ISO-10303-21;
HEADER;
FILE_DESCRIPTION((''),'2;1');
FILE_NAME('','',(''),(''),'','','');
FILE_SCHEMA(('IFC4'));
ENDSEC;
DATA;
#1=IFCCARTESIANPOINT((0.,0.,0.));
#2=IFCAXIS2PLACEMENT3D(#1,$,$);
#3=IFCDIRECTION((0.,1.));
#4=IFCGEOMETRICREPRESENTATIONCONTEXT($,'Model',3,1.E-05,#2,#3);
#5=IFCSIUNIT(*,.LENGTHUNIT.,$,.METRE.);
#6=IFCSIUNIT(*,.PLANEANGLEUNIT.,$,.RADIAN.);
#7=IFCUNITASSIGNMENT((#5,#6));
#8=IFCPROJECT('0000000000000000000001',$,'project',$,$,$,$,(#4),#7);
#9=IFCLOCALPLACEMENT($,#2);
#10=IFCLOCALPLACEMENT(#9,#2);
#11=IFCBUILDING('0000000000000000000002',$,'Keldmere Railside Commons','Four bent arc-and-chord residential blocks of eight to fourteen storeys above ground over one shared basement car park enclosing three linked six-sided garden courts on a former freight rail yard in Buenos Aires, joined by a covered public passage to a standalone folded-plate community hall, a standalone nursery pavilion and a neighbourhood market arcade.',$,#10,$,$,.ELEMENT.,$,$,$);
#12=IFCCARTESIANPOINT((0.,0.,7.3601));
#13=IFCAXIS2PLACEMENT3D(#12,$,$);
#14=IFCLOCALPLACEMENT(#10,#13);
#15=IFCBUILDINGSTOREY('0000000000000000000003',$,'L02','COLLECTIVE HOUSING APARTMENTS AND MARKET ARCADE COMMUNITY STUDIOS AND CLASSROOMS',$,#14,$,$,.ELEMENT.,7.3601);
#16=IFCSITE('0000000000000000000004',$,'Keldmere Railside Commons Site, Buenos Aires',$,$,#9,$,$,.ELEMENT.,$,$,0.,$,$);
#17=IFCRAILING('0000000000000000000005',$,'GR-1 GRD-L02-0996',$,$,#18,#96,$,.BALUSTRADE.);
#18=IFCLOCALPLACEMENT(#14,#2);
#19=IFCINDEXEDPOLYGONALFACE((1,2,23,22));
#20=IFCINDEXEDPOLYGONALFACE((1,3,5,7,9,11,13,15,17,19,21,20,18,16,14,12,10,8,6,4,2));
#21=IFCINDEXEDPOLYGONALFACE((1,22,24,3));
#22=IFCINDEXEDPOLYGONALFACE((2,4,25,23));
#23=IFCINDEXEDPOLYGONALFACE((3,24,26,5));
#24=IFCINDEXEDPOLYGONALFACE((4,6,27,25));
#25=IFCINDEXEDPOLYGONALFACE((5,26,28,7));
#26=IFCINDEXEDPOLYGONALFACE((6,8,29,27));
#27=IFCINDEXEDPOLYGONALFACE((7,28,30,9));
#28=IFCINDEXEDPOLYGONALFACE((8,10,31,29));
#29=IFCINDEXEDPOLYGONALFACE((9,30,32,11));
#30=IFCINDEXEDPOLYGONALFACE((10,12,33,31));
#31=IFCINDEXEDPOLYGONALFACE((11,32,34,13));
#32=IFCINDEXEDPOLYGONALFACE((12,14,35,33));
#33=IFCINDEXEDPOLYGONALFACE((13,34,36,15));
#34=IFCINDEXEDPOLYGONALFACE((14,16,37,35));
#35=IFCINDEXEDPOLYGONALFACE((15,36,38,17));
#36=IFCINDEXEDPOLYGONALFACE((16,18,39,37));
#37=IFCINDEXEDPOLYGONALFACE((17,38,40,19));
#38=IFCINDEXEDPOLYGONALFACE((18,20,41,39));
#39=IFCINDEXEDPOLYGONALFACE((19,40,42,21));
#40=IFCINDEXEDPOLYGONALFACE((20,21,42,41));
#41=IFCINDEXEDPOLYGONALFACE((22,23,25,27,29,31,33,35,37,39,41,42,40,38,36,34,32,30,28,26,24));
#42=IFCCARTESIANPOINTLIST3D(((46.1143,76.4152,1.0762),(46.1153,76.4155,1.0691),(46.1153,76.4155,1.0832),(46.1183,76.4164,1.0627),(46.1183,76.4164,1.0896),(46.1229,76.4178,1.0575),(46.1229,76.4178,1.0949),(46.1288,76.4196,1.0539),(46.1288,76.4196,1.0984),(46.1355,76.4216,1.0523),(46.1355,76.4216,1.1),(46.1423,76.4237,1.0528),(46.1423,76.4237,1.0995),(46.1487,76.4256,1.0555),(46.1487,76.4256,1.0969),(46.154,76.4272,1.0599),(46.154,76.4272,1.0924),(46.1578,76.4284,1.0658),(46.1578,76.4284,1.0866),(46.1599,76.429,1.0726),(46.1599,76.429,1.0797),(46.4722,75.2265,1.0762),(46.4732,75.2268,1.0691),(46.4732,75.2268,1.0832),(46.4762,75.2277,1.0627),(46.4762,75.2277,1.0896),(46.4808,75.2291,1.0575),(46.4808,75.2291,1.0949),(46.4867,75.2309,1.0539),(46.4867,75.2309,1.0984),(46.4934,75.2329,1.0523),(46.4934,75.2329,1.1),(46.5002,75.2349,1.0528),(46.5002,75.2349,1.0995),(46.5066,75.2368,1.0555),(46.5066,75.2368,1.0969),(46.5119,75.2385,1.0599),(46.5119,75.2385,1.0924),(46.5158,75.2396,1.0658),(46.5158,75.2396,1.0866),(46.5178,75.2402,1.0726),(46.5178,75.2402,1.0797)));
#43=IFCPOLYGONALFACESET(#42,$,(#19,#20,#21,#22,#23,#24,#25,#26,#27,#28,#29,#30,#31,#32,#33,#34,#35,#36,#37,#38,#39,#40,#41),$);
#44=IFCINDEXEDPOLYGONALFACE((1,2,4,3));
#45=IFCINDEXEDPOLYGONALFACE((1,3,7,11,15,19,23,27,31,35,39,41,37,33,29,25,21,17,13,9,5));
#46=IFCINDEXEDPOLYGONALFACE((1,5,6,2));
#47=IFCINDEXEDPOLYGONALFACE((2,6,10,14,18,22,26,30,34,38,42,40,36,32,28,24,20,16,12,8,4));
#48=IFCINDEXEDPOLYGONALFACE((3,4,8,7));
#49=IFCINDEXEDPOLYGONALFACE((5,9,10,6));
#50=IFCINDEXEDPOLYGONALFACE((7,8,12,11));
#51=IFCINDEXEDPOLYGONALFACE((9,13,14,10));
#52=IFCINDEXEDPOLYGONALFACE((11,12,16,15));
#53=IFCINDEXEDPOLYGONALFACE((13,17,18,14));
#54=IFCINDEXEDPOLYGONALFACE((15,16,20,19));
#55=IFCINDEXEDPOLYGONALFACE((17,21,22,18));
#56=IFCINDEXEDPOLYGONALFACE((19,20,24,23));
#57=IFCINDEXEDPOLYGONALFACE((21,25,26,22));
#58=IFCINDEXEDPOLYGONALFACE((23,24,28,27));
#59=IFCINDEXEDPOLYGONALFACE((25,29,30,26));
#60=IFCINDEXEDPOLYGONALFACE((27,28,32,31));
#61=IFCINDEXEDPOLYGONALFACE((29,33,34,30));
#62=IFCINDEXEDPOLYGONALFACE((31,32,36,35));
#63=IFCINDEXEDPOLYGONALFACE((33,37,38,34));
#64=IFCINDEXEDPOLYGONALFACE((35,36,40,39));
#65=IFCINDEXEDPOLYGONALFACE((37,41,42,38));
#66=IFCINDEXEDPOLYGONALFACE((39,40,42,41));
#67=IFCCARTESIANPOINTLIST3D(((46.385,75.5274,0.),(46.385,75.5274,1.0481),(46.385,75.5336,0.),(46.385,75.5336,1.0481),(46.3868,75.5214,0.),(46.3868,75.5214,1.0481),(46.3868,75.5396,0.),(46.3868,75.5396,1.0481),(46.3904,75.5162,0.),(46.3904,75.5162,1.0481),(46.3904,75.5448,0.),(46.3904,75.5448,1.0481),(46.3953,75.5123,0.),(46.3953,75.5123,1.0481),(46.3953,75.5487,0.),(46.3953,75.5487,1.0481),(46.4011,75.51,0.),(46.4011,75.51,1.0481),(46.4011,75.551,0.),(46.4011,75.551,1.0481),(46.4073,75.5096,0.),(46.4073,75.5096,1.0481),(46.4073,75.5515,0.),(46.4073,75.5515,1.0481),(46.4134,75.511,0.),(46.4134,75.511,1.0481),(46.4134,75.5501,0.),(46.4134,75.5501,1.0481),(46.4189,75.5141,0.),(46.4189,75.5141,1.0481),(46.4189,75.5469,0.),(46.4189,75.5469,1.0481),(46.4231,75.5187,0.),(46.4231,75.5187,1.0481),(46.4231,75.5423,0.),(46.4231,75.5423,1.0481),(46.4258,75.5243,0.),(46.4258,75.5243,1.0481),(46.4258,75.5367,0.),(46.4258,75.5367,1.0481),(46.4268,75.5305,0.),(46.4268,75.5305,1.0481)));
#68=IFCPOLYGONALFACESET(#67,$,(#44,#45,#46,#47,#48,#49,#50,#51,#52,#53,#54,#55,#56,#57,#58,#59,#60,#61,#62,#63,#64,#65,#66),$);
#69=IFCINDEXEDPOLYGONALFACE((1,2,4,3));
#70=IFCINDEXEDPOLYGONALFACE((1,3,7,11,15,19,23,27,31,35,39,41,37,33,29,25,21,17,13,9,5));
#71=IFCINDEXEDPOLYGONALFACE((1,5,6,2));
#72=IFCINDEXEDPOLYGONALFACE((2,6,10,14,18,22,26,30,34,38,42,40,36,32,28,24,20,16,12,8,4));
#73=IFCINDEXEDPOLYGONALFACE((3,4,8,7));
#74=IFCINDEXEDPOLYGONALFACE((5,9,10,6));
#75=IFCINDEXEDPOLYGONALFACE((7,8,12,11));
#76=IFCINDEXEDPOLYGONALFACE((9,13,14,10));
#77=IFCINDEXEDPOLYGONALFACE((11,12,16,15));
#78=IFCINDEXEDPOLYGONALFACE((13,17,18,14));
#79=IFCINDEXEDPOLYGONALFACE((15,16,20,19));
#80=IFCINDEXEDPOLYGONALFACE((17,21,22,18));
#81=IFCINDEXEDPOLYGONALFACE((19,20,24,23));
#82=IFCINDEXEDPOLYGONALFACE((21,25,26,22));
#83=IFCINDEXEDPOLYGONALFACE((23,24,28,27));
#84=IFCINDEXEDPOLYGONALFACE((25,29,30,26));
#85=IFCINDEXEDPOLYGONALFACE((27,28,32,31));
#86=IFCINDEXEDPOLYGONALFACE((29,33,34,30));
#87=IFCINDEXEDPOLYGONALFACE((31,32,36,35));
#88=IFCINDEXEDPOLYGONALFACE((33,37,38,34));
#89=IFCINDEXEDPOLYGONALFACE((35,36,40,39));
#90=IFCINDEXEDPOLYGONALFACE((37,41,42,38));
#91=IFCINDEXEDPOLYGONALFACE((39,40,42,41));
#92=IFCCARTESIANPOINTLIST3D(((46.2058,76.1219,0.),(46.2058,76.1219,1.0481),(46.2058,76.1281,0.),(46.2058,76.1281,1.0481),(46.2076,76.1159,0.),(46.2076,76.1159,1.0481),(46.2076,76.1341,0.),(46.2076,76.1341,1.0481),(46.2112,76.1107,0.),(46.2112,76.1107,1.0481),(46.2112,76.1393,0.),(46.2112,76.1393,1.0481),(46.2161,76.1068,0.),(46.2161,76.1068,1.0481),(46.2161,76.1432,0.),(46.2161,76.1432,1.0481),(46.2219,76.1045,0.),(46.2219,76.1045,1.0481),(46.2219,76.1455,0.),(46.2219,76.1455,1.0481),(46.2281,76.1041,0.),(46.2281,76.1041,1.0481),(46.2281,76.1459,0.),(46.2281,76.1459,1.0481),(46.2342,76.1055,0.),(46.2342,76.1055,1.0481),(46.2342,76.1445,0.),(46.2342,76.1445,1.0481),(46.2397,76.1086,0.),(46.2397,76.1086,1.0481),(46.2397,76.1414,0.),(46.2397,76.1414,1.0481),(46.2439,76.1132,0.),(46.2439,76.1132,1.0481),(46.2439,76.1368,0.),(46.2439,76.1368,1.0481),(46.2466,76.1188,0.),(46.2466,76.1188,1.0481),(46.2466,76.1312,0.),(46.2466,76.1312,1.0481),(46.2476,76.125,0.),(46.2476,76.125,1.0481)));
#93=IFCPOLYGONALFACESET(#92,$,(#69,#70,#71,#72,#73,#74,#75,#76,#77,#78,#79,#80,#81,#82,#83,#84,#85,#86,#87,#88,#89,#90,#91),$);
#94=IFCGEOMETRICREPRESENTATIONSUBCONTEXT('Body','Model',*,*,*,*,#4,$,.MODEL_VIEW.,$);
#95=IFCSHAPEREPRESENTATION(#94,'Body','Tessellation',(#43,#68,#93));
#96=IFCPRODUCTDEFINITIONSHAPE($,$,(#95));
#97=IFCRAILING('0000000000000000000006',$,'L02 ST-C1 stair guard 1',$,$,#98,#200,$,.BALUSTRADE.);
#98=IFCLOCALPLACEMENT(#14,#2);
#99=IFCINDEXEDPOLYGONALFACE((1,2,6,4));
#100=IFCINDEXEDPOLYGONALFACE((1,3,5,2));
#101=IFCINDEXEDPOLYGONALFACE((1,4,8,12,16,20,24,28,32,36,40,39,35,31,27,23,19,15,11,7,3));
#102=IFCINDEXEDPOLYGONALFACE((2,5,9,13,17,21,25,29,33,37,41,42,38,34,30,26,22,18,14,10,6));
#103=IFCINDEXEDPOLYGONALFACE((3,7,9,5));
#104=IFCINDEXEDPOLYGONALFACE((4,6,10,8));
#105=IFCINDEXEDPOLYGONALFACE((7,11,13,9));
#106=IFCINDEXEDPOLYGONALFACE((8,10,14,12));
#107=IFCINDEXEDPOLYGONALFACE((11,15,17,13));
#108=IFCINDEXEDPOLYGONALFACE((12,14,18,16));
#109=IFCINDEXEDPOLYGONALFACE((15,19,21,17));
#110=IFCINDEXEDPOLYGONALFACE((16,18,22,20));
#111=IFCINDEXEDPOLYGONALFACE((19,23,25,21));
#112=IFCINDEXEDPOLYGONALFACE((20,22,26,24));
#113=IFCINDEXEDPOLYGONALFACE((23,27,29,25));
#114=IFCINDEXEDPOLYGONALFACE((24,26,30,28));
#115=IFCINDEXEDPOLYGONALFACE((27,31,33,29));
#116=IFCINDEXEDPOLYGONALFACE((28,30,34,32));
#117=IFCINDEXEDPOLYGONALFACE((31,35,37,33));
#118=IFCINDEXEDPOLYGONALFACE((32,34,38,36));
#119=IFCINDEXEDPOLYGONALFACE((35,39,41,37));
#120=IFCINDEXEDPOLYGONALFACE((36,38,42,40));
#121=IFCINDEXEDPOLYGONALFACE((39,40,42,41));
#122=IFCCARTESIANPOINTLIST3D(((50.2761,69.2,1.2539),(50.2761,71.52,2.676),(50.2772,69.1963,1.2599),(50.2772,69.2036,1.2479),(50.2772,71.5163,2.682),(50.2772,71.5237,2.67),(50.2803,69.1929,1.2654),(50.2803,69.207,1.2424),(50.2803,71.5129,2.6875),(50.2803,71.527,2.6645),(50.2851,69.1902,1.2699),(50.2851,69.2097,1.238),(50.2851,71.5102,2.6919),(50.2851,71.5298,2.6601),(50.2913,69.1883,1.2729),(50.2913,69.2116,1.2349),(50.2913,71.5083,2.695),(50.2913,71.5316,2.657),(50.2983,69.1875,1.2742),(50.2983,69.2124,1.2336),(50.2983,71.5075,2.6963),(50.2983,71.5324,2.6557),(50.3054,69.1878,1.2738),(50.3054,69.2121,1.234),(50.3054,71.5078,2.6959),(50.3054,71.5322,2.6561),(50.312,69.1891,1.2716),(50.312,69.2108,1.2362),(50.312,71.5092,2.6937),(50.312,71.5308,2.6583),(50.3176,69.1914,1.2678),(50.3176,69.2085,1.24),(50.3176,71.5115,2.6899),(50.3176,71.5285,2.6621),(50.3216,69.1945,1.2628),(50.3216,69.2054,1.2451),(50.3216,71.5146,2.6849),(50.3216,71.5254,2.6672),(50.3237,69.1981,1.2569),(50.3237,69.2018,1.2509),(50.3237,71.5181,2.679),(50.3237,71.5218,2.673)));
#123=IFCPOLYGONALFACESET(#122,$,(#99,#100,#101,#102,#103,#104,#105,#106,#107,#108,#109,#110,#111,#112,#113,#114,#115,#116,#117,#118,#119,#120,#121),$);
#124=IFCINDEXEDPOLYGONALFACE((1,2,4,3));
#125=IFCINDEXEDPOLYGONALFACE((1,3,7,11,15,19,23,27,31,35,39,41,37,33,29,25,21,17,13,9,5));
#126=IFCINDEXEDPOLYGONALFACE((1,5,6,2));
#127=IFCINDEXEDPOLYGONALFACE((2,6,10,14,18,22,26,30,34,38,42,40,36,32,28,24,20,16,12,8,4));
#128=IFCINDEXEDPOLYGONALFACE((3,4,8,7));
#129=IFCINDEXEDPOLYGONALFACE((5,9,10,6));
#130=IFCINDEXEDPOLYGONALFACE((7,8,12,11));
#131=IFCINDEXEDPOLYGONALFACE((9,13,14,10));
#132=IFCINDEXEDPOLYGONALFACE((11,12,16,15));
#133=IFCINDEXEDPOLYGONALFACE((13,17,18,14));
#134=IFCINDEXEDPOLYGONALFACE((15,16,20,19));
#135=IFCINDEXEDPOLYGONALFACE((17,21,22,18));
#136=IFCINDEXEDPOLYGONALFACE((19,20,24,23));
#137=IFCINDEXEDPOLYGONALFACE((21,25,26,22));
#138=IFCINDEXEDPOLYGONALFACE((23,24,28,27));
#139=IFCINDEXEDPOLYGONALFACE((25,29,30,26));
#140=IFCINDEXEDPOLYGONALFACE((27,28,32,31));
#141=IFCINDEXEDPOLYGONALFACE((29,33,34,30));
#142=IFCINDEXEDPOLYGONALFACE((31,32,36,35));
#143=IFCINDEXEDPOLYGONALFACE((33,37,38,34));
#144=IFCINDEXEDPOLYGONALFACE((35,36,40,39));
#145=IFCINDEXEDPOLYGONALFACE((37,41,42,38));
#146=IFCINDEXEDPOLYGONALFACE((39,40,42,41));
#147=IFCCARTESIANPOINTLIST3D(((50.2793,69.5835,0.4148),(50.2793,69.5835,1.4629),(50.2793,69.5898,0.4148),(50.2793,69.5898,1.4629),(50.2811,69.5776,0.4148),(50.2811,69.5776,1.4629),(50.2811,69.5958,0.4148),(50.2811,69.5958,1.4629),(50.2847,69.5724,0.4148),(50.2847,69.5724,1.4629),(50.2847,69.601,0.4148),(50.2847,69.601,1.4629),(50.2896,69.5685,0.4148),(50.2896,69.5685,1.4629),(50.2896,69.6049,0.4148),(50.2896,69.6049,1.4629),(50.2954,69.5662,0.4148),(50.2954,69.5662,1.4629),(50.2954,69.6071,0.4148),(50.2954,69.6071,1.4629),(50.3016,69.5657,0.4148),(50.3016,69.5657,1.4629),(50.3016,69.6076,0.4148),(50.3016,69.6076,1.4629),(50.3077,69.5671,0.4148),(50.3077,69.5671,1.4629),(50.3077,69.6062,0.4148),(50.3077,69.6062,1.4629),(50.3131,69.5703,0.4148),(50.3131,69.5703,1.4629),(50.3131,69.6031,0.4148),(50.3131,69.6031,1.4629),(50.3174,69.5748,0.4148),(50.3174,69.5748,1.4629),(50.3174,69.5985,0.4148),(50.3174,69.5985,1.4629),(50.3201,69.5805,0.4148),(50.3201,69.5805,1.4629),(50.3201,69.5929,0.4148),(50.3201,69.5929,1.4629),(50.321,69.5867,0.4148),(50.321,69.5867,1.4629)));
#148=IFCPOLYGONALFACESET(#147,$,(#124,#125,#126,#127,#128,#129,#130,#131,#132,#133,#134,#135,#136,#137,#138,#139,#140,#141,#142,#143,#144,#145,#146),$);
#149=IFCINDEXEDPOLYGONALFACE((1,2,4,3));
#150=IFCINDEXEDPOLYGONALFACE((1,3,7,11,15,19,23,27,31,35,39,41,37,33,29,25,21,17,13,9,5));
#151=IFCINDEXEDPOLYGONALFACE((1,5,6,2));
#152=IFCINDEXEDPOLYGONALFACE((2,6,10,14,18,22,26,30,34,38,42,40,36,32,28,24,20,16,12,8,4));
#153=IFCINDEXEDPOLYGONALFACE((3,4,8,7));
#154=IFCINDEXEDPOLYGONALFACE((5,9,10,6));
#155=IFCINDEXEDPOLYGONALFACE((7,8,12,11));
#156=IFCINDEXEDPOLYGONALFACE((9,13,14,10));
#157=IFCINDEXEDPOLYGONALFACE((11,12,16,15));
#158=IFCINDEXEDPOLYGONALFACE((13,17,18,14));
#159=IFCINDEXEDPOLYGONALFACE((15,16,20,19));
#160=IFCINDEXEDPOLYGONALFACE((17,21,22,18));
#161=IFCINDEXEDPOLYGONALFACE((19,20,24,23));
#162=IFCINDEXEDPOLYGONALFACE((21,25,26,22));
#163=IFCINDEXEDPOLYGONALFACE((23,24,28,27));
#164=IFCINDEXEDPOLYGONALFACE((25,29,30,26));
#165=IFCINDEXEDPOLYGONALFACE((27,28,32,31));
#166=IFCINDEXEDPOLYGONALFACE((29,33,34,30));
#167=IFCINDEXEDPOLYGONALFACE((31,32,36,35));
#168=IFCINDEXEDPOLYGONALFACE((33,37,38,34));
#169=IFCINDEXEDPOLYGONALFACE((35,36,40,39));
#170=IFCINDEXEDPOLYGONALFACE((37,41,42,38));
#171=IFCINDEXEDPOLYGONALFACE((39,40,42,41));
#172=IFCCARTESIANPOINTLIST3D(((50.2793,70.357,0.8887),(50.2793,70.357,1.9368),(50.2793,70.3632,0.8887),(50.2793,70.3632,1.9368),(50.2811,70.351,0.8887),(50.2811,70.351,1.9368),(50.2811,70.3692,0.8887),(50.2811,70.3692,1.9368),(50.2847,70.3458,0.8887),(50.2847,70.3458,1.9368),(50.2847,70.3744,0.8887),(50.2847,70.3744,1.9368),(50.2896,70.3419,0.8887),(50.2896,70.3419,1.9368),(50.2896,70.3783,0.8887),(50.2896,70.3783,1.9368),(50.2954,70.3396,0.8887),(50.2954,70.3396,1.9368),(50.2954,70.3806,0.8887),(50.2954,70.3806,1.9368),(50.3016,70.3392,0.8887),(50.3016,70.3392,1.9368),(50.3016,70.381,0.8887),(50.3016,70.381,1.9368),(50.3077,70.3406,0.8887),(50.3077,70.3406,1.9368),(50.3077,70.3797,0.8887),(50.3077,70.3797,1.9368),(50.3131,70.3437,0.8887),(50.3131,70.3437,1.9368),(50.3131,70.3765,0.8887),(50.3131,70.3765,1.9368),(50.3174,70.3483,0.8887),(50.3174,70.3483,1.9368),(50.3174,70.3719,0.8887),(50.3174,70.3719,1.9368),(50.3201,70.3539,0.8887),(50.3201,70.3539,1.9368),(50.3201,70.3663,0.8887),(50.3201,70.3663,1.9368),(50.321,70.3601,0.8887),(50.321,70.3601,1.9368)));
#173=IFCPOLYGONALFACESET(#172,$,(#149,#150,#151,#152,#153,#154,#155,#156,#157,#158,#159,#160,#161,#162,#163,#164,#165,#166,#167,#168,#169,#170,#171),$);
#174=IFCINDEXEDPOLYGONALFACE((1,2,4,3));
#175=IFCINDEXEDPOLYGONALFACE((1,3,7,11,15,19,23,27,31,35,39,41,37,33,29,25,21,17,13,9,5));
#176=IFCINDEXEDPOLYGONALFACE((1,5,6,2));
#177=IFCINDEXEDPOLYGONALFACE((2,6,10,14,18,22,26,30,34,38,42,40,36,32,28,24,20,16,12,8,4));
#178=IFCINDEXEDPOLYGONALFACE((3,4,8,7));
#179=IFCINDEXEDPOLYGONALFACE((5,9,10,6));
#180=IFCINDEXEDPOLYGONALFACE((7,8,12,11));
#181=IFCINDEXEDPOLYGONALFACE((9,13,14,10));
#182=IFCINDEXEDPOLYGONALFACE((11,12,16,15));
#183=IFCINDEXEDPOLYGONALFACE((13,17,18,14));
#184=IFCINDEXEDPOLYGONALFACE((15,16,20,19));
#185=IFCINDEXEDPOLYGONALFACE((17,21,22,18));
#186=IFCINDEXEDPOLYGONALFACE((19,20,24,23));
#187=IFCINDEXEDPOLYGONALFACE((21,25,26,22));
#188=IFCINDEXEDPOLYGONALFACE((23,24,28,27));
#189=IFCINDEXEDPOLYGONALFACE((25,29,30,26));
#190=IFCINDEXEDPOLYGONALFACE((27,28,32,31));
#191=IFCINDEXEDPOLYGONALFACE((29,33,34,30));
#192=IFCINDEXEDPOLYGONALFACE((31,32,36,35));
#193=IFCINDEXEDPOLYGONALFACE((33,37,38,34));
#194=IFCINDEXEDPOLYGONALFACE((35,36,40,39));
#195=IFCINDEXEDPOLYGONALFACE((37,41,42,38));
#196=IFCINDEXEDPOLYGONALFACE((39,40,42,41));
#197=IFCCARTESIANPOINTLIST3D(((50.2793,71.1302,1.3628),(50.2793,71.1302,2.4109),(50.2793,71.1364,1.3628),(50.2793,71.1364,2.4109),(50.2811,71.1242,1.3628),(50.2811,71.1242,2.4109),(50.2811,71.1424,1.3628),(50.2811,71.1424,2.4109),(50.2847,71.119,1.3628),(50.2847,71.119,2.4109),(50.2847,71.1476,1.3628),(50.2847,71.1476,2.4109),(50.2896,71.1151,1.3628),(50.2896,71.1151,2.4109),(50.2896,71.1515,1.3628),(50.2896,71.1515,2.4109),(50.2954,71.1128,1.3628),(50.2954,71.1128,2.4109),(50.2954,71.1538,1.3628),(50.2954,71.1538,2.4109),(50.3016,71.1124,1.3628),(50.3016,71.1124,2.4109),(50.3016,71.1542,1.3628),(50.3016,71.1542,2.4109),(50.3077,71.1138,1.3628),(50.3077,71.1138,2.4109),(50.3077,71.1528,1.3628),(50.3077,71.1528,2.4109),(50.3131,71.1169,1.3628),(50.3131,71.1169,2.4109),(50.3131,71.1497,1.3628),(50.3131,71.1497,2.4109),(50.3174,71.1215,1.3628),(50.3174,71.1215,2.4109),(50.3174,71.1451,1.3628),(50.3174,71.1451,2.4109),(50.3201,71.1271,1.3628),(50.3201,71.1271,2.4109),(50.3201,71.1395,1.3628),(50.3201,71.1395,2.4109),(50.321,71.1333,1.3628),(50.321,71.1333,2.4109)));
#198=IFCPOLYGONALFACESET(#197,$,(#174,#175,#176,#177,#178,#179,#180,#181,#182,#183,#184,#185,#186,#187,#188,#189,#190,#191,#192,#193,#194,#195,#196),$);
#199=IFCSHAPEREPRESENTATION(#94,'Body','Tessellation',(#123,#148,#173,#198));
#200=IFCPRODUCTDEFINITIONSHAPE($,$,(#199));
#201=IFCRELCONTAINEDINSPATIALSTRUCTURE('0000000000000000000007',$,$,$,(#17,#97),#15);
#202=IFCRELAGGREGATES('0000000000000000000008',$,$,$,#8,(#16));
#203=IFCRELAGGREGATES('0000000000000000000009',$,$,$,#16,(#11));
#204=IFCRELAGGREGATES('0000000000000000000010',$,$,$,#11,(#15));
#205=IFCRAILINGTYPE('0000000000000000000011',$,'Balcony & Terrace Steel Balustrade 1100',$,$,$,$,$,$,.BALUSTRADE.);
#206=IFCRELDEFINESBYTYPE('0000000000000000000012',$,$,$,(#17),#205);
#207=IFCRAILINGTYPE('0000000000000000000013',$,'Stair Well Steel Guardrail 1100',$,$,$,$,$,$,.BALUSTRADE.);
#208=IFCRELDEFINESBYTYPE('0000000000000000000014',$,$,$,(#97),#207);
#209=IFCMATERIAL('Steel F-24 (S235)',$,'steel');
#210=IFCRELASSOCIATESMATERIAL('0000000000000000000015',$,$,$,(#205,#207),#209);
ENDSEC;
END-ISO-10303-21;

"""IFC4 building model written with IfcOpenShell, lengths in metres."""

from ifc_helpers import new_model, si_unit, direction, frame, origin, origin_2d, place, context, subcontext, project, spatial, circle, extrude, material, type_object, element, save


model = new_model("IFC4")

# Units and contexts
model_context = context("Model", 3, precision=1e-05, world=origin(), true_north=direction((0.0, 1.0)))
body_context = subcontext(model_context, "Body", "Model", "MODEL_VIEW")
ifc_project = project(units=[si_unit("LENGTHUNIT", "METRE"), si_unit("PLANEANGLEUNIT", "RADIAN")], contexts=[model_context])

# Site, building, storey
site_placement = place(None, origin())
site = spatial("IfcSite", under=ifc_project, at=site_placement, Name="Keldmere Railside Commons Site, Buenos Aires", CompositionType="ELEMENT", RefElevation=0.0)
building_placement = place(site_placement, origin())
building = spatial("IfcBuilding", under=site, at=building_placement, Name="Keldmere Railside Commons", Description="Four bent arc-and-chord residential blocks of eight to fourteen storeys above ground over one shared basement car park enclosing three linked six-sided garden courts on a former freight rail yard in Buenos Aires, joined by a covered public passage to a standalone folded-plate community hall, a standalone nursery pavilion and a neighbourhood market arcade.", CompositionType="ELEMENT")
storey_placement = place(building_placement, frame((0.0, 0.0, 7.3601)))
storey = spatial("IfcBuildingStorey", under=building, at=storey_placement, Name="L02", Description="COLLECTIVE HOUSING APARTMENTS AND MARKET ARCADE COMMUNITY STUDIOS AND CLASSROOMS", CompositionType="ELEMENT", Elevation=7.3601)

# Shared definitions
ifc_material_1 = material(Name="Steel F-24 (S235)", Category="steel")

# Railings
railing_type_1 = type_object("IfcRailingType", Name="Balcony & Terrace Steel Balustrade 1100", PredefinedType="BALUSTRADE", material=ifc_material_1)
railing_1_placement = place(storey_placement, frame((46.4951, 75.2334, 0.0)))
element("IfcRailing", 1, at=railing_1_placement, inside=storey, type_object=railing_type_1, Name="GR-1 GRD-L02-0996", PredefinedType="BALUSTRADE", context=body_context, shape_type="SweptSolid", body=[
    extrude(circle(Radius=0.0239, at=origin_2d()), frame((0.0, 0.0, 1.0762), z_axis=(-0.288304, 0.957539, 0.0), x_axis=(-0.957539, -0.288304, 0.0)), (0.0, 0.0, 1.0), 1.2415),
    extrude(circle(Radius=0.021, at=origin_2d()), frame((-0.0894, 0.2971, 0.0)), (0.0, 0.0, 1.0), 1.0481),
    extrude(circle(Radius=0.021, at=origin_2d()), frame((-0.2686, 0.8916, 0.0)), (0.0, 0.0, 1.0), 1.0481),
])
railing_type_2 = type_object("IfcRailingType", Name="Stair Well Steel Guardrail 1100", PredefinedType="BALUSTRADE", material=ifc_material_1)
railing_2_placement = place(storey_placement, frame((50.3, 69.2, 0.1777)))
element("IfcRailing", 2, at=railing_2_placement, inside=storey, type_object=railing_type_2, Name="L02 ST-C1 stair guard 1", PredefinedType="BALUSTRADE", context=body_context, shape_type="SweptSolid", body=[
    extrude(circle(Radius=0.0239, at=origin_2d()), frame((0.0, 0.0, 1.0762), z_axis=(0.0, 0.852578, 0.5226), x_axis=(-1.0, 0.0, 0.0)), (0.0, 0.0, 1.0), 2.7212),
    extrude(circle(Radius=0.021, at=origin_2d()), frame((0.0, 0.3867, 0.2371)), (0.0, 0.0, 1.0), 1.0481),
    extrude(circle(Radius=0.021, at=origin_2d()), frame((0.0, 1.1602, 0.7109)), (0.0, 0.0, 1.0), 1.0481),
    extrude(circle(Radius=0.021, at=origin_2d()), frame((0.0, 1.9333, 1.1851)), (0.0, 0.0, 1.0), 1.0481),
])

save(model, "model.ifc")
